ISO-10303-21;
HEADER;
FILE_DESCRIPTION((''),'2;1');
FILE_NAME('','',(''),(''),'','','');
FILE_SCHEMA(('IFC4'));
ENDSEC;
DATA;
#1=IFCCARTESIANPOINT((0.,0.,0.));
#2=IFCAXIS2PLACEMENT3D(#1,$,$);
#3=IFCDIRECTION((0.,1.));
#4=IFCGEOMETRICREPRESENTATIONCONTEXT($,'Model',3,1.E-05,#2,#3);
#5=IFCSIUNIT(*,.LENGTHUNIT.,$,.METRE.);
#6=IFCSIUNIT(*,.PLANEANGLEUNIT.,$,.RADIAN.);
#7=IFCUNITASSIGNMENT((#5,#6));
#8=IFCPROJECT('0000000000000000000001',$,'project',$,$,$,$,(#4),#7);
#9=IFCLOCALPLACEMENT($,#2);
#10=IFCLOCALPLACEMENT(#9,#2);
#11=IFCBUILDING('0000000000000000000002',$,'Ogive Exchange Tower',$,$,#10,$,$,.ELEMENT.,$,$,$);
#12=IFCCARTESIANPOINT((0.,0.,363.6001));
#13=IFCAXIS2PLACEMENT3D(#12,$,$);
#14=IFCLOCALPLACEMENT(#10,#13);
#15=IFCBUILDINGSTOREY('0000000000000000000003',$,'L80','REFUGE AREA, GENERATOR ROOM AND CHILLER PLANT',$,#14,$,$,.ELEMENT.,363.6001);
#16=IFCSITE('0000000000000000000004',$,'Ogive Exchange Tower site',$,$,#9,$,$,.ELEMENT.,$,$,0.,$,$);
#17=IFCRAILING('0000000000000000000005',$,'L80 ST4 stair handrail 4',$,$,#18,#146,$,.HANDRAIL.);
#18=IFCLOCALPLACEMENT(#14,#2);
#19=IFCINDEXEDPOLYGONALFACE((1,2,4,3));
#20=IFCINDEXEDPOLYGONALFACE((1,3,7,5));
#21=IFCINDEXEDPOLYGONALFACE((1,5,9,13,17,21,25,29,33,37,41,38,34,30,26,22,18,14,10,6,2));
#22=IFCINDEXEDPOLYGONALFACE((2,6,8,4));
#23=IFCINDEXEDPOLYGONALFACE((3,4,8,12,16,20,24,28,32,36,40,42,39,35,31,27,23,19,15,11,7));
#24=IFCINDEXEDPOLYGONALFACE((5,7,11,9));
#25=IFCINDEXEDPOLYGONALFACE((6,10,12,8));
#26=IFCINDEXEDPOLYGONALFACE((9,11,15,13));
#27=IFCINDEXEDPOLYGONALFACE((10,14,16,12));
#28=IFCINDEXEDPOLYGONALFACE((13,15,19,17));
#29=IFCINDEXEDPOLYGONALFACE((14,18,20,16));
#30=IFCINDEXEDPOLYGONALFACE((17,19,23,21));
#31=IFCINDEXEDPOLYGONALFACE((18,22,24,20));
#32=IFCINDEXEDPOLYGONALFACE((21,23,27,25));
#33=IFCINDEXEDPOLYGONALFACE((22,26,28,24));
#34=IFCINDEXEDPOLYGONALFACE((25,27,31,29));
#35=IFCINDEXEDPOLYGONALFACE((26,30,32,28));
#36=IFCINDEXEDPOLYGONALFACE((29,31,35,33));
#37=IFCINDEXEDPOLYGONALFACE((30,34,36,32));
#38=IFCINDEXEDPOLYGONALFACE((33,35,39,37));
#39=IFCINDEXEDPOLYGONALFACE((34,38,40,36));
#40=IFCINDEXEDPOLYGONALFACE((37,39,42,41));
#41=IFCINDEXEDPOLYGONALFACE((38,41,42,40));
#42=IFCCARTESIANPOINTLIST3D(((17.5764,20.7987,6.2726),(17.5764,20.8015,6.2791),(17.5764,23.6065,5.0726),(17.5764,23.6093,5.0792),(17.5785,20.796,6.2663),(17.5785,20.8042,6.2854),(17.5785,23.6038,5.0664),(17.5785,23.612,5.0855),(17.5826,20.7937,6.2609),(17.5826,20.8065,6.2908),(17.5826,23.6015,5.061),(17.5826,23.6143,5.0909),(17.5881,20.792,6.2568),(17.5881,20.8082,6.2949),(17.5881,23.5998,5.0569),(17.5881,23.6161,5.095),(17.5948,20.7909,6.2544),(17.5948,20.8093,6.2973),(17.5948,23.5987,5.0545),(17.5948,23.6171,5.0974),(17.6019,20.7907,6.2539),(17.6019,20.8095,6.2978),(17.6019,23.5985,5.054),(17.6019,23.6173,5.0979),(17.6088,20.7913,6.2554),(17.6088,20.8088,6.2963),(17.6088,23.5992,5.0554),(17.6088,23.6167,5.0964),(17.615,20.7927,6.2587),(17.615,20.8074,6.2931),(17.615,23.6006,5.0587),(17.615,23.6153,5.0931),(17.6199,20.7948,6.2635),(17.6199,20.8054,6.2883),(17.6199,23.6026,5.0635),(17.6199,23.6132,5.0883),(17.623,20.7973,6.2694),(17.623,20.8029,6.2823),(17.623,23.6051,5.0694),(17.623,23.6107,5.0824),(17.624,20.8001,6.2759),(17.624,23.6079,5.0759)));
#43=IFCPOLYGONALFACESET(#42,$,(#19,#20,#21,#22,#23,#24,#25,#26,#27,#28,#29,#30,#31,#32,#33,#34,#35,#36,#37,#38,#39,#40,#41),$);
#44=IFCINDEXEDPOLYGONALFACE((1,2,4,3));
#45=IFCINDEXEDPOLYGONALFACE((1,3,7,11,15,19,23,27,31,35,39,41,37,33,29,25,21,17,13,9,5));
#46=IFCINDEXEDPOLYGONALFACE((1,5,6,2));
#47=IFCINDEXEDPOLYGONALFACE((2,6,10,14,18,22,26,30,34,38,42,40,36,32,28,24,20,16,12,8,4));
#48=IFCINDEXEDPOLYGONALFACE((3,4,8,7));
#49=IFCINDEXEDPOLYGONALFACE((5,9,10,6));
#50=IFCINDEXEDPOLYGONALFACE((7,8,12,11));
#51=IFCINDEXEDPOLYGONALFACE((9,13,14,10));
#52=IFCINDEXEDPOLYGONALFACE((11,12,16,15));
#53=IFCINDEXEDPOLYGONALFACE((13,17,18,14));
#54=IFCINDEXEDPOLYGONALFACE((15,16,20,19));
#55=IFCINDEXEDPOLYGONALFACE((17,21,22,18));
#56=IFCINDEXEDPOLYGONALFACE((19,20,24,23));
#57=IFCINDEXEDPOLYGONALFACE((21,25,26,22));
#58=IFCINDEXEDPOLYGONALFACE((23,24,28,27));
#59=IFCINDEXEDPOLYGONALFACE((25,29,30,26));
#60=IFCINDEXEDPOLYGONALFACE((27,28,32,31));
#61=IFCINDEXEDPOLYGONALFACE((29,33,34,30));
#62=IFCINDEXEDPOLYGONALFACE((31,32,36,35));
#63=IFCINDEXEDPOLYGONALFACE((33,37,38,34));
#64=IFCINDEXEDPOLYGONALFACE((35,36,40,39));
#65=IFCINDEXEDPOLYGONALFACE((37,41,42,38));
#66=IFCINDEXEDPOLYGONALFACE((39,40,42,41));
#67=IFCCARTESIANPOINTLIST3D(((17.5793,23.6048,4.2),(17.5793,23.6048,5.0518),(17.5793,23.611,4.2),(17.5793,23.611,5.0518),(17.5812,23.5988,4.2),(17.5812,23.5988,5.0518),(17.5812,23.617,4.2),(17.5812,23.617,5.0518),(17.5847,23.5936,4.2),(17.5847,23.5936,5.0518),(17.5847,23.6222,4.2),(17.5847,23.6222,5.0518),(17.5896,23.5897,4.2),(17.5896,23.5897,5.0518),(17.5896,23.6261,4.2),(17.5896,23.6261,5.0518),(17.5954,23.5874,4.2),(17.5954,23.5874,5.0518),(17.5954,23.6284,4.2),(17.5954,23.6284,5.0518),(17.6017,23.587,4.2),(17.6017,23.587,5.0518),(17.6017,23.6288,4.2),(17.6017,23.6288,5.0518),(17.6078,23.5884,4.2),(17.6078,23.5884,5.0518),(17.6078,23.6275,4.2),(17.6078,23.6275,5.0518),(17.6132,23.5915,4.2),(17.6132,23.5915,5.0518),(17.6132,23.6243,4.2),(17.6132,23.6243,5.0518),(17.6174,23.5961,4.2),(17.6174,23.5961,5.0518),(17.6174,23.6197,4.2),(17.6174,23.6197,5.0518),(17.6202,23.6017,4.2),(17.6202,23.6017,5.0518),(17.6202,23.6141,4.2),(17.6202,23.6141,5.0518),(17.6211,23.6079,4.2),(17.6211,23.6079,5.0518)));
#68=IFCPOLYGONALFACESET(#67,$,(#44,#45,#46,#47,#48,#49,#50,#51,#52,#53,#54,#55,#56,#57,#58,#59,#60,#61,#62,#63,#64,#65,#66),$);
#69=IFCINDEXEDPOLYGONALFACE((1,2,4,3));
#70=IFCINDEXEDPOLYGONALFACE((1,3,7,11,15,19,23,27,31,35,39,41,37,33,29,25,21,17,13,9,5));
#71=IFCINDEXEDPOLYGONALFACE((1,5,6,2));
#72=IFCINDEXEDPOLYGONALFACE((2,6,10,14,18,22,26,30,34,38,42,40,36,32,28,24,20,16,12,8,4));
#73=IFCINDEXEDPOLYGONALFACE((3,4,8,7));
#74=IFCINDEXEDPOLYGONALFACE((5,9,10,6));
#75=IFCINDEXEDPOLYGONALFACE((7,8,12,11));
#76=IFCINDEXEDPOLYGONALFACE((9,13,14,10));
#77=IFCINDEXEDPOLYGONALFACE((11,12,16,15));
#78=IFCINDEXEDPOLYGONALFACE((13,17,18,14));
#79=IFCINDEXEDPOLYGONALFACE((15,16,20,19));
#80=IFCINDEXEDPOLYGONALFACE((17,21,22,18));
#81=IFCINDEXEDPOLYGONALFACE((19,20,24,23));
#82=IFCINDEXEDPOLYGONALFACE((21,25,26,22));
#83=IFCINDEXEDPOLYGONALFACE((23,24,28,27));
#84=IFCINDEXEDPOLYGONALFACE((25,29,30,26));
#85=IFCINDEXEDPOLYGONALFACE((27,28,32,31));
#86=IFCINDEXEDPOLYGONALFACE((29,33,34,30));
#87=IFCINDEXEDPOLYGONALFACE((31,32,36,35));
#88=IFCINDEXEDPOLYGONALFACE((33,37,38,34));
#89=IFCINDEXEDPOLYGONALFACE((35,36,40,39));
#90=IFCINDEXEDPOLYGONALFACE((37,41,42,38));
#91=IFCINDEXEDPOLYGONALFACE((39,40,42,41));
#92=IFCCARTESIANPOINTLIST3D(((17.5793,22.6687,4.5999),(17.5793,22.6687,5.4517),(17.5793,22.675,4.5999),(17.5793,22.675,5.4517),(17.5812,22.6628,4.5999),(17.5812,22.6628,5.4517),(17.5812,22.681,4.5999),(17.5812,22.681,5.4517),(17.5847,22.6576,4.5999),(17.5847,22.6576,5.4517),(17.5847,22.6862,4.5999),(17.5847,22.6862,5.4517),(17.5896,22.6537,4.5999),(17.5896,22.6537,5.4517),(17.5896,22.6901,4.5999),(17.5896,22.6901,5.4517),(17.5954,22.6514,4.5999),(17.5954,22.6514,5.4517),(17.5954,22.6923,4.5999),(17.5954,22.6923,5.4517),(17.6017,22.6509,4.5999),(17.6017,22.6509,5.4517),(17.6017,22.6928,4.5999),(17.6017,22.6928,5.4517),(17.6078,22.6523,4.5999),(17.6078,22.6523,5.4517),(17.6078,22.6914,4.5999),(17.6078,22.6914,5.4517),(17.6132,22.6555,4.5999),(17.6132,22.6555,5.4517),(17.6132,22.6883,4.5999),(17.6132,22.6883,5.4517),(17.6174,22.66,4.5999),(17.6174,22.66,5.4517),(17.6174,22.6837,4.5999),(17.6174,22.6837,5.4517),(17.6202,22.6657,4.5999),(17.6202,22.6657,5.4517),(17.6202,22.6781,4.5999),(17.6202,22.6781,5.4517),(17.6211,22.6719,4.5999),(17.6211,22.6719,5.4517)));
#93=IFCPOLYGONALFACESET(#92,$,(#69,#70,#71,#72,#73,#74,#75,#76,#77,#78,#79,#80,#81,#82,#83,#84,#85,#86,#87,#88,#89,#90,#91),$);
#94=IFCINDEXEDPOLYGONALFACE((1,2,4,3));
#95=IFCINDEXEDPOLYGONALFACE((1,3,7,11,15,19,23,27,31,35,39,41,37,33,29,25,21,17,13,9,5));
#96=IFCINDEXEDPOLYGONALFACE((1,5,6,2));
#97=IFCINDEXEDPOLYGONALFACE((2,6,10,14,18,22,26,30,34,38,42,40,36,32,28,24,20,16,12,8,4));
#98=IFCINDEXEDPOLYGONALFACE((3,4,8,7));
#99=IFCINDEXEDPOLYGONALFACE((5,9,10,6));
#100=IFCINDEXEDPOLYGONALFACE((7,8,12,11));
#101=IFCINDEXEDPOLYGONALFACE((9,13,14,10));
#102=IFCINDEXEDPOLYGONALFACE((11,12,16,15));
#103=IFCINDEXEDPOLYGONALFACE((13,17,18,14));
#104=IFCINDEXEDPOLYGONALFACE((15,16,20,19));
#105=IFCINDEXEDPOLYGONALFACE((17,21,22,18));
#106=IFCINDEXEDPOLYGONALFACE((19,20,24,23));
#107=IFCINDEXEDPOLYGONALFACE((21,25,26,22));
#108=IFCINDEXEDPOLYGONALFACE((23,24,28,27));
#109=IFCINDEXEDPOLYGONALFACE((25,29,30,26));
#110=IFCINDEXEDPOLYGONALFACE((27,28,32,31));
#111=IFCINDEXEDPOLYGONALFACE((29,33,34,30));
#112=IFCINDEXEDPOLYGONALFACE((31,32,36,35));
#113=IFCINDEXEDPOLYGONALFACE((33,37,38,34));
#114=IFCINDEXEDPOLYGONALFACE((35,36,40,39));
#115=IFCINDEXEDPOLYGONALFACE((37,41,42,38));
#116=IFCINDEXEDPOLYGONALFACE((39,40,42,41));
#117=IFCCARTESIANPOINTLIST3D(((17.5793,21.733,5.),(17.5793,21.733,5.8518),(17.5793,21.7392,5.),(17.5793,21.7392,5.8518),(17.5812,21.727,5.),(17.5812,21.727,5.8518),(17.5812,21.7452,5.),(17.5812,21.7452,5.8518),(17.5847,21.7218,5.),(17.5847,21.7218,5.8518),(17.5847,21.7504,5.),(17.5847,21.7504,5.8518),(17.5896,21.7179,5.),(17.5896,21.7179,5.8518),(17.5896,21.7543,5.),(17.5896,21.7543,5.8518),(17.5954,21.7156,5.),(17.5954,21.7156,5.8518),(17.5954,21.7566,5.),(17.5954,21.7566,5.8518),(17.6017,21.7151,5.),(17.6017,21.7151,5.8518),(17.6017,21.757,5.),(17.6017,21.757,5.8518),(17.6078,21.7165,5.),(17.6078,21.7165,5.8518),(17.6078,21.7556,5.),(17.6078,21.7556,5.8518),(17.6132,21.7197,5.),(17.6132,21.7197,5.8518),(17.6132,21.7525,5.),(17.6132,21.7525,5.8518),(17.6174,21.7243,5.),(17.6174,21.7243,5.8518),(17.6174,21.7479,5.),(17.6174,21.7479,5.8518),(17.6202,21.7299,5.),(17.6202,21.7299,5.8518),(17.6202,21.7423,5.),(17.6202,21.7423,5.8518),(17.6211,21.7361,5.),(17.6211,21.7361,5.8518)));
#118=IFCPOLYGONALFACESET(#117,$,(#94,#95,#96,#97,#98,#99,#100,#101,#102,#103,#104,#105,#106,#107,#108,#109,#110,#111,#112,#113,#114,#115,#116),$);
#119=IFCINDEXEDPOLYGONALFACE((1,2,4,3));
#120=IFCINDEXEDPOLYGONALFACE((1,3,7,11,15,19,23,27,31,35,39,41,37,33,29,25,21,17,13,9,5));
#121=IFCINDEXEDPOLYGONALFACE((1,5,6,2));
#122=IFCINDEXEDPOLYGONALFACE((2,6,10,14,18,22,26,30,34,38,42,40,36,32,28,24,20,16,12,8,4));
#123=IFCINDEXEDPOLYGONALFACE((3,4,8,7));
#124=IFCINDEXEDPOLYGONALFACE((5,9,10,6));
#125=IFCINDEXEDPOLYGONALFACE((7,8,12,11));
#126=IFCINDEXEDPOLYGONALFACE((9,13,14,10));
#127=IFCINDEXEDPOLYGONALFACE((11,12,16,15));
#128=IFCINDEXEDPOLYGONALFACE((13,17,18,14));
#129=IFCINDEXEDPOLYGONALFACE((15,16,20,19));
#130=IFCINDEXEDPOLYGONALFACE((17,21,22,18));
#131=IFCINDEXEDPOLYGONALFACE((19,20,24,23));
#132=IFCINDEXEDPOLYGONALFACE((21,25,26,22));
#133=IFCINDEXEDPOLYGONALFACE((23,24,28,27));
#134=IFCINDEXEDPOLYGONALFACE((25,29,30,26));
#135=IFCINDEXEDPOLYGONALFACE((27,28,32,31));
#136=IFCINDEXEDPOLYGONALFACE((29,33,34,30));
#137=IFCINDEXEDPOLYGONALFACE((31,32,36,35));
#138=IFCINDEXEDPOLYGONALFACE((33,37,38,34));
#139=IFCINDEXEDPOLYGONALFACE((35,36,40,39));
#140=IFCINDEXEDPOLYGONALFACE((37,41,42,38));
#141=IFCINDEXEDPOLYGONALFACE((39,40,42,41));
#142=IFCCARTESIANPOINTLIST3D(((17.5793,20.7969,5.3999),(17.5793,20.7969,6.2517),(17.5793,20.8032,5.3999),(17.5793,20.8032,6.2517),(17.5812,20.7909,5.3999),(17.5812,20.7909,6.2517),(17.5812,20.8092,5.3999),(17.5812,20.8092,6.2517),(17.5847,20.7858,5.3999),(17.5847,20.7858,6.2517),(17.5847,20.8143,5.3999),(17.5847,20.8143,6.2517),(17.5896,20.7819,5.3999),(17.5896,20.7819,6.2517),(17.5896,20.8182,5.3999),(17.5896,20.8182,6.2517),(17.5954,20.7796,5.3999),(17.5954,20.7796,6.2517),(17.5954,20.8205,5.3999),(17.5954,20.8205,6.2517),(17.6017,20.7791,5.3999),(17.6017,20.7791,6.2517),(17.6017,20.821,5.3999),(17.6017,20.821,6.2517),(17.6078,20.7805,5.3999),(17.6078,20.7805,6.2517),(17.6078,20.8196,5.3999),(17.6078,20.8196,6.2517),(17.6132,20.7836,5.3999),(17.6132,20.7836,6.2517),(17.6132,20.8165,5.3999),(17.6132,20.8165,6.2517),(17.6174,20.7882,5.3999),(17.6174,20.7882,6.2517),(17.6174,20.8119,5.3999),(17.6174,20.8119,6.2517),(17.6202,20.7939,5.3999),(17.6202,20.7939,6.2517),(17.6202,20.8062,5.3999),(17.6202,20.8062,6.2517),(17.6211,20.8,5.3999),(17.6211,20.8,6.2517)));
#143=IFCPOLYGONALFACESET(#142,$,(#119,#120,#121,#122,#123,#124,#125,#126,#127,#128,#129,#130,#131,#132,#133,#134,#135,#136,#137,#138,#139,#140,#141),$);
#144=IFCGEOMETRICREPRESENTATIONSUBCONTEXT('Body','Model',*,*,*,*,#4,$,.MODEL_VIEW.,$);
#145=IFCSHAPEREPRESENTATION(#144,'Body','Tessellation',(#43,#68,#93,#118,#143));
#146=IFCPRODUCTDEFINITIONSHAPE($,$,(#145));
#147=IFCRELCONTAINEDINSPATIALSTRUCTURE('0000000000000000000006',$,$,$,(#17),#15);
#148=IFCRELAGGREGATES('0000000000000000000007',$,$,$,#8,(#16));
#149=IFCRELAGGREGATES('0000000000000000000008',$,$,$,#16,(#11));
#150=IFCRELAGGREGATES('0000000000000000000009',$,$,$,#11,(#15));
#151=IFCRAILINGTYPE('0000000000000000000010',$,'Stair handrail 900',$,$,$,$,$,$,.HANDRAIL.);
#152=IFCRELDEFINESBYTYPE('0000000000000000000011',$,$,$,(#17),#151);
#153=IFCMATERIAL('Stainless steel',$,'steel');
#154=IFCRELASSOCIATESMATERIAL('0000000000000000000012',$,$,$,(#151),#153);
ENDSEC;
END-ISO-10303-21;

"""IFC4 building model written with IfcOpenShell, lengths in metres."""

from ifc_helpers import new_model, si_unit, direction, frame, origin, origin_2d, place, context, subcontext, project, spatial, circle, extrude, material, type_object, element, save


model = new_model("IFC4")

# Units and contexts
model_context = context("Model", 3, precision=1e-05, world=origin(), true_north=direction((0.0, 1.0)))
body_context = subcontext(model_context, "Body", "Model", "MODEL_VIEW")
ifc_project = project(units=[si_unit("LENGTHUNIT", "METRE"), si_unit("PLANEANGLEUNIT", "RADIAN")], contexts=[model_context])

# Site, building, storey
site_placement = place(None, origin())
site = spatial("IfcSite", under=ifc_project, at=site_placement, Name="Ogive Exchange Tower site", CompositionType="ELEMENT", RefElevation=0.0)
building_placement = place(site_placement, origin())
building = spatial("IfcBuilding", under=site, at=building_placement, Name="Ogive Exchange Tower", CompositionType="ELEMENT")
storey_placement = place(building_placement, frame((0.0, 0.0, 363.6001)))
storey = spatial("IfcBuildingStorey", under=building, at=storey_placement, Name="L80", Description="REFUGE AREA, GENERATOR ROOM AND CHILLER PLANT", CompositionType="ELEMENT", Elevation=363.6001)

# Railing
ifc_material_1 = material(Name="Stainless steel", Category="steel")
railing_type = type_object("IfcRailingType", Name="Stair handrail 900", PredefinedType="HANDRAIL", material=ifc_material_1)
for number, where, name in (
    (1, (17.6001, 23.6079, 4.2), "L80 ST4 stair handrail 4"),
):
    element("IfcRailing", number, at=place(storey_placement, frame(where)), inside=storey, type_object=railing_type, Name=name, PredefinedType="HANDRAIL", context=body_context, shape_type="SweptSolid", body=[
        extrude(circle(Radius=0.0239, at=origin_2d()), frame((0.0, 0.0, 0.876), z_axis=(0.0, -0.91955, 0.392973), x_axis=(1.0, 0.0, 0.0)), (0.0, 0.0, 1.0), 3.0535),
        extrude(circle(Radius=0.021, at=origin_2d()), origin(), (0.0, 0.0, 1.0), 0.8518),
        extrude(circle(Radius=0.021, at=origin_2d()), frame((0.0, -0.936, 0.3999)), (0.0, 0.0, 1.0), 0.8518),
        extrude(circle(Radius=0.021, at=origin_2d()), frame((0.0, -1.8718, 0.8)), (0.0, 0.0, 1.0), 0.8518),
        extrude(circle(Radius=0.021, at=origin_2d()), frame((0.0, -2.8079, 1.2)), (0.0, 0.0, 1.0), 0.8518),
    ])

save(model, "model.ifc")
